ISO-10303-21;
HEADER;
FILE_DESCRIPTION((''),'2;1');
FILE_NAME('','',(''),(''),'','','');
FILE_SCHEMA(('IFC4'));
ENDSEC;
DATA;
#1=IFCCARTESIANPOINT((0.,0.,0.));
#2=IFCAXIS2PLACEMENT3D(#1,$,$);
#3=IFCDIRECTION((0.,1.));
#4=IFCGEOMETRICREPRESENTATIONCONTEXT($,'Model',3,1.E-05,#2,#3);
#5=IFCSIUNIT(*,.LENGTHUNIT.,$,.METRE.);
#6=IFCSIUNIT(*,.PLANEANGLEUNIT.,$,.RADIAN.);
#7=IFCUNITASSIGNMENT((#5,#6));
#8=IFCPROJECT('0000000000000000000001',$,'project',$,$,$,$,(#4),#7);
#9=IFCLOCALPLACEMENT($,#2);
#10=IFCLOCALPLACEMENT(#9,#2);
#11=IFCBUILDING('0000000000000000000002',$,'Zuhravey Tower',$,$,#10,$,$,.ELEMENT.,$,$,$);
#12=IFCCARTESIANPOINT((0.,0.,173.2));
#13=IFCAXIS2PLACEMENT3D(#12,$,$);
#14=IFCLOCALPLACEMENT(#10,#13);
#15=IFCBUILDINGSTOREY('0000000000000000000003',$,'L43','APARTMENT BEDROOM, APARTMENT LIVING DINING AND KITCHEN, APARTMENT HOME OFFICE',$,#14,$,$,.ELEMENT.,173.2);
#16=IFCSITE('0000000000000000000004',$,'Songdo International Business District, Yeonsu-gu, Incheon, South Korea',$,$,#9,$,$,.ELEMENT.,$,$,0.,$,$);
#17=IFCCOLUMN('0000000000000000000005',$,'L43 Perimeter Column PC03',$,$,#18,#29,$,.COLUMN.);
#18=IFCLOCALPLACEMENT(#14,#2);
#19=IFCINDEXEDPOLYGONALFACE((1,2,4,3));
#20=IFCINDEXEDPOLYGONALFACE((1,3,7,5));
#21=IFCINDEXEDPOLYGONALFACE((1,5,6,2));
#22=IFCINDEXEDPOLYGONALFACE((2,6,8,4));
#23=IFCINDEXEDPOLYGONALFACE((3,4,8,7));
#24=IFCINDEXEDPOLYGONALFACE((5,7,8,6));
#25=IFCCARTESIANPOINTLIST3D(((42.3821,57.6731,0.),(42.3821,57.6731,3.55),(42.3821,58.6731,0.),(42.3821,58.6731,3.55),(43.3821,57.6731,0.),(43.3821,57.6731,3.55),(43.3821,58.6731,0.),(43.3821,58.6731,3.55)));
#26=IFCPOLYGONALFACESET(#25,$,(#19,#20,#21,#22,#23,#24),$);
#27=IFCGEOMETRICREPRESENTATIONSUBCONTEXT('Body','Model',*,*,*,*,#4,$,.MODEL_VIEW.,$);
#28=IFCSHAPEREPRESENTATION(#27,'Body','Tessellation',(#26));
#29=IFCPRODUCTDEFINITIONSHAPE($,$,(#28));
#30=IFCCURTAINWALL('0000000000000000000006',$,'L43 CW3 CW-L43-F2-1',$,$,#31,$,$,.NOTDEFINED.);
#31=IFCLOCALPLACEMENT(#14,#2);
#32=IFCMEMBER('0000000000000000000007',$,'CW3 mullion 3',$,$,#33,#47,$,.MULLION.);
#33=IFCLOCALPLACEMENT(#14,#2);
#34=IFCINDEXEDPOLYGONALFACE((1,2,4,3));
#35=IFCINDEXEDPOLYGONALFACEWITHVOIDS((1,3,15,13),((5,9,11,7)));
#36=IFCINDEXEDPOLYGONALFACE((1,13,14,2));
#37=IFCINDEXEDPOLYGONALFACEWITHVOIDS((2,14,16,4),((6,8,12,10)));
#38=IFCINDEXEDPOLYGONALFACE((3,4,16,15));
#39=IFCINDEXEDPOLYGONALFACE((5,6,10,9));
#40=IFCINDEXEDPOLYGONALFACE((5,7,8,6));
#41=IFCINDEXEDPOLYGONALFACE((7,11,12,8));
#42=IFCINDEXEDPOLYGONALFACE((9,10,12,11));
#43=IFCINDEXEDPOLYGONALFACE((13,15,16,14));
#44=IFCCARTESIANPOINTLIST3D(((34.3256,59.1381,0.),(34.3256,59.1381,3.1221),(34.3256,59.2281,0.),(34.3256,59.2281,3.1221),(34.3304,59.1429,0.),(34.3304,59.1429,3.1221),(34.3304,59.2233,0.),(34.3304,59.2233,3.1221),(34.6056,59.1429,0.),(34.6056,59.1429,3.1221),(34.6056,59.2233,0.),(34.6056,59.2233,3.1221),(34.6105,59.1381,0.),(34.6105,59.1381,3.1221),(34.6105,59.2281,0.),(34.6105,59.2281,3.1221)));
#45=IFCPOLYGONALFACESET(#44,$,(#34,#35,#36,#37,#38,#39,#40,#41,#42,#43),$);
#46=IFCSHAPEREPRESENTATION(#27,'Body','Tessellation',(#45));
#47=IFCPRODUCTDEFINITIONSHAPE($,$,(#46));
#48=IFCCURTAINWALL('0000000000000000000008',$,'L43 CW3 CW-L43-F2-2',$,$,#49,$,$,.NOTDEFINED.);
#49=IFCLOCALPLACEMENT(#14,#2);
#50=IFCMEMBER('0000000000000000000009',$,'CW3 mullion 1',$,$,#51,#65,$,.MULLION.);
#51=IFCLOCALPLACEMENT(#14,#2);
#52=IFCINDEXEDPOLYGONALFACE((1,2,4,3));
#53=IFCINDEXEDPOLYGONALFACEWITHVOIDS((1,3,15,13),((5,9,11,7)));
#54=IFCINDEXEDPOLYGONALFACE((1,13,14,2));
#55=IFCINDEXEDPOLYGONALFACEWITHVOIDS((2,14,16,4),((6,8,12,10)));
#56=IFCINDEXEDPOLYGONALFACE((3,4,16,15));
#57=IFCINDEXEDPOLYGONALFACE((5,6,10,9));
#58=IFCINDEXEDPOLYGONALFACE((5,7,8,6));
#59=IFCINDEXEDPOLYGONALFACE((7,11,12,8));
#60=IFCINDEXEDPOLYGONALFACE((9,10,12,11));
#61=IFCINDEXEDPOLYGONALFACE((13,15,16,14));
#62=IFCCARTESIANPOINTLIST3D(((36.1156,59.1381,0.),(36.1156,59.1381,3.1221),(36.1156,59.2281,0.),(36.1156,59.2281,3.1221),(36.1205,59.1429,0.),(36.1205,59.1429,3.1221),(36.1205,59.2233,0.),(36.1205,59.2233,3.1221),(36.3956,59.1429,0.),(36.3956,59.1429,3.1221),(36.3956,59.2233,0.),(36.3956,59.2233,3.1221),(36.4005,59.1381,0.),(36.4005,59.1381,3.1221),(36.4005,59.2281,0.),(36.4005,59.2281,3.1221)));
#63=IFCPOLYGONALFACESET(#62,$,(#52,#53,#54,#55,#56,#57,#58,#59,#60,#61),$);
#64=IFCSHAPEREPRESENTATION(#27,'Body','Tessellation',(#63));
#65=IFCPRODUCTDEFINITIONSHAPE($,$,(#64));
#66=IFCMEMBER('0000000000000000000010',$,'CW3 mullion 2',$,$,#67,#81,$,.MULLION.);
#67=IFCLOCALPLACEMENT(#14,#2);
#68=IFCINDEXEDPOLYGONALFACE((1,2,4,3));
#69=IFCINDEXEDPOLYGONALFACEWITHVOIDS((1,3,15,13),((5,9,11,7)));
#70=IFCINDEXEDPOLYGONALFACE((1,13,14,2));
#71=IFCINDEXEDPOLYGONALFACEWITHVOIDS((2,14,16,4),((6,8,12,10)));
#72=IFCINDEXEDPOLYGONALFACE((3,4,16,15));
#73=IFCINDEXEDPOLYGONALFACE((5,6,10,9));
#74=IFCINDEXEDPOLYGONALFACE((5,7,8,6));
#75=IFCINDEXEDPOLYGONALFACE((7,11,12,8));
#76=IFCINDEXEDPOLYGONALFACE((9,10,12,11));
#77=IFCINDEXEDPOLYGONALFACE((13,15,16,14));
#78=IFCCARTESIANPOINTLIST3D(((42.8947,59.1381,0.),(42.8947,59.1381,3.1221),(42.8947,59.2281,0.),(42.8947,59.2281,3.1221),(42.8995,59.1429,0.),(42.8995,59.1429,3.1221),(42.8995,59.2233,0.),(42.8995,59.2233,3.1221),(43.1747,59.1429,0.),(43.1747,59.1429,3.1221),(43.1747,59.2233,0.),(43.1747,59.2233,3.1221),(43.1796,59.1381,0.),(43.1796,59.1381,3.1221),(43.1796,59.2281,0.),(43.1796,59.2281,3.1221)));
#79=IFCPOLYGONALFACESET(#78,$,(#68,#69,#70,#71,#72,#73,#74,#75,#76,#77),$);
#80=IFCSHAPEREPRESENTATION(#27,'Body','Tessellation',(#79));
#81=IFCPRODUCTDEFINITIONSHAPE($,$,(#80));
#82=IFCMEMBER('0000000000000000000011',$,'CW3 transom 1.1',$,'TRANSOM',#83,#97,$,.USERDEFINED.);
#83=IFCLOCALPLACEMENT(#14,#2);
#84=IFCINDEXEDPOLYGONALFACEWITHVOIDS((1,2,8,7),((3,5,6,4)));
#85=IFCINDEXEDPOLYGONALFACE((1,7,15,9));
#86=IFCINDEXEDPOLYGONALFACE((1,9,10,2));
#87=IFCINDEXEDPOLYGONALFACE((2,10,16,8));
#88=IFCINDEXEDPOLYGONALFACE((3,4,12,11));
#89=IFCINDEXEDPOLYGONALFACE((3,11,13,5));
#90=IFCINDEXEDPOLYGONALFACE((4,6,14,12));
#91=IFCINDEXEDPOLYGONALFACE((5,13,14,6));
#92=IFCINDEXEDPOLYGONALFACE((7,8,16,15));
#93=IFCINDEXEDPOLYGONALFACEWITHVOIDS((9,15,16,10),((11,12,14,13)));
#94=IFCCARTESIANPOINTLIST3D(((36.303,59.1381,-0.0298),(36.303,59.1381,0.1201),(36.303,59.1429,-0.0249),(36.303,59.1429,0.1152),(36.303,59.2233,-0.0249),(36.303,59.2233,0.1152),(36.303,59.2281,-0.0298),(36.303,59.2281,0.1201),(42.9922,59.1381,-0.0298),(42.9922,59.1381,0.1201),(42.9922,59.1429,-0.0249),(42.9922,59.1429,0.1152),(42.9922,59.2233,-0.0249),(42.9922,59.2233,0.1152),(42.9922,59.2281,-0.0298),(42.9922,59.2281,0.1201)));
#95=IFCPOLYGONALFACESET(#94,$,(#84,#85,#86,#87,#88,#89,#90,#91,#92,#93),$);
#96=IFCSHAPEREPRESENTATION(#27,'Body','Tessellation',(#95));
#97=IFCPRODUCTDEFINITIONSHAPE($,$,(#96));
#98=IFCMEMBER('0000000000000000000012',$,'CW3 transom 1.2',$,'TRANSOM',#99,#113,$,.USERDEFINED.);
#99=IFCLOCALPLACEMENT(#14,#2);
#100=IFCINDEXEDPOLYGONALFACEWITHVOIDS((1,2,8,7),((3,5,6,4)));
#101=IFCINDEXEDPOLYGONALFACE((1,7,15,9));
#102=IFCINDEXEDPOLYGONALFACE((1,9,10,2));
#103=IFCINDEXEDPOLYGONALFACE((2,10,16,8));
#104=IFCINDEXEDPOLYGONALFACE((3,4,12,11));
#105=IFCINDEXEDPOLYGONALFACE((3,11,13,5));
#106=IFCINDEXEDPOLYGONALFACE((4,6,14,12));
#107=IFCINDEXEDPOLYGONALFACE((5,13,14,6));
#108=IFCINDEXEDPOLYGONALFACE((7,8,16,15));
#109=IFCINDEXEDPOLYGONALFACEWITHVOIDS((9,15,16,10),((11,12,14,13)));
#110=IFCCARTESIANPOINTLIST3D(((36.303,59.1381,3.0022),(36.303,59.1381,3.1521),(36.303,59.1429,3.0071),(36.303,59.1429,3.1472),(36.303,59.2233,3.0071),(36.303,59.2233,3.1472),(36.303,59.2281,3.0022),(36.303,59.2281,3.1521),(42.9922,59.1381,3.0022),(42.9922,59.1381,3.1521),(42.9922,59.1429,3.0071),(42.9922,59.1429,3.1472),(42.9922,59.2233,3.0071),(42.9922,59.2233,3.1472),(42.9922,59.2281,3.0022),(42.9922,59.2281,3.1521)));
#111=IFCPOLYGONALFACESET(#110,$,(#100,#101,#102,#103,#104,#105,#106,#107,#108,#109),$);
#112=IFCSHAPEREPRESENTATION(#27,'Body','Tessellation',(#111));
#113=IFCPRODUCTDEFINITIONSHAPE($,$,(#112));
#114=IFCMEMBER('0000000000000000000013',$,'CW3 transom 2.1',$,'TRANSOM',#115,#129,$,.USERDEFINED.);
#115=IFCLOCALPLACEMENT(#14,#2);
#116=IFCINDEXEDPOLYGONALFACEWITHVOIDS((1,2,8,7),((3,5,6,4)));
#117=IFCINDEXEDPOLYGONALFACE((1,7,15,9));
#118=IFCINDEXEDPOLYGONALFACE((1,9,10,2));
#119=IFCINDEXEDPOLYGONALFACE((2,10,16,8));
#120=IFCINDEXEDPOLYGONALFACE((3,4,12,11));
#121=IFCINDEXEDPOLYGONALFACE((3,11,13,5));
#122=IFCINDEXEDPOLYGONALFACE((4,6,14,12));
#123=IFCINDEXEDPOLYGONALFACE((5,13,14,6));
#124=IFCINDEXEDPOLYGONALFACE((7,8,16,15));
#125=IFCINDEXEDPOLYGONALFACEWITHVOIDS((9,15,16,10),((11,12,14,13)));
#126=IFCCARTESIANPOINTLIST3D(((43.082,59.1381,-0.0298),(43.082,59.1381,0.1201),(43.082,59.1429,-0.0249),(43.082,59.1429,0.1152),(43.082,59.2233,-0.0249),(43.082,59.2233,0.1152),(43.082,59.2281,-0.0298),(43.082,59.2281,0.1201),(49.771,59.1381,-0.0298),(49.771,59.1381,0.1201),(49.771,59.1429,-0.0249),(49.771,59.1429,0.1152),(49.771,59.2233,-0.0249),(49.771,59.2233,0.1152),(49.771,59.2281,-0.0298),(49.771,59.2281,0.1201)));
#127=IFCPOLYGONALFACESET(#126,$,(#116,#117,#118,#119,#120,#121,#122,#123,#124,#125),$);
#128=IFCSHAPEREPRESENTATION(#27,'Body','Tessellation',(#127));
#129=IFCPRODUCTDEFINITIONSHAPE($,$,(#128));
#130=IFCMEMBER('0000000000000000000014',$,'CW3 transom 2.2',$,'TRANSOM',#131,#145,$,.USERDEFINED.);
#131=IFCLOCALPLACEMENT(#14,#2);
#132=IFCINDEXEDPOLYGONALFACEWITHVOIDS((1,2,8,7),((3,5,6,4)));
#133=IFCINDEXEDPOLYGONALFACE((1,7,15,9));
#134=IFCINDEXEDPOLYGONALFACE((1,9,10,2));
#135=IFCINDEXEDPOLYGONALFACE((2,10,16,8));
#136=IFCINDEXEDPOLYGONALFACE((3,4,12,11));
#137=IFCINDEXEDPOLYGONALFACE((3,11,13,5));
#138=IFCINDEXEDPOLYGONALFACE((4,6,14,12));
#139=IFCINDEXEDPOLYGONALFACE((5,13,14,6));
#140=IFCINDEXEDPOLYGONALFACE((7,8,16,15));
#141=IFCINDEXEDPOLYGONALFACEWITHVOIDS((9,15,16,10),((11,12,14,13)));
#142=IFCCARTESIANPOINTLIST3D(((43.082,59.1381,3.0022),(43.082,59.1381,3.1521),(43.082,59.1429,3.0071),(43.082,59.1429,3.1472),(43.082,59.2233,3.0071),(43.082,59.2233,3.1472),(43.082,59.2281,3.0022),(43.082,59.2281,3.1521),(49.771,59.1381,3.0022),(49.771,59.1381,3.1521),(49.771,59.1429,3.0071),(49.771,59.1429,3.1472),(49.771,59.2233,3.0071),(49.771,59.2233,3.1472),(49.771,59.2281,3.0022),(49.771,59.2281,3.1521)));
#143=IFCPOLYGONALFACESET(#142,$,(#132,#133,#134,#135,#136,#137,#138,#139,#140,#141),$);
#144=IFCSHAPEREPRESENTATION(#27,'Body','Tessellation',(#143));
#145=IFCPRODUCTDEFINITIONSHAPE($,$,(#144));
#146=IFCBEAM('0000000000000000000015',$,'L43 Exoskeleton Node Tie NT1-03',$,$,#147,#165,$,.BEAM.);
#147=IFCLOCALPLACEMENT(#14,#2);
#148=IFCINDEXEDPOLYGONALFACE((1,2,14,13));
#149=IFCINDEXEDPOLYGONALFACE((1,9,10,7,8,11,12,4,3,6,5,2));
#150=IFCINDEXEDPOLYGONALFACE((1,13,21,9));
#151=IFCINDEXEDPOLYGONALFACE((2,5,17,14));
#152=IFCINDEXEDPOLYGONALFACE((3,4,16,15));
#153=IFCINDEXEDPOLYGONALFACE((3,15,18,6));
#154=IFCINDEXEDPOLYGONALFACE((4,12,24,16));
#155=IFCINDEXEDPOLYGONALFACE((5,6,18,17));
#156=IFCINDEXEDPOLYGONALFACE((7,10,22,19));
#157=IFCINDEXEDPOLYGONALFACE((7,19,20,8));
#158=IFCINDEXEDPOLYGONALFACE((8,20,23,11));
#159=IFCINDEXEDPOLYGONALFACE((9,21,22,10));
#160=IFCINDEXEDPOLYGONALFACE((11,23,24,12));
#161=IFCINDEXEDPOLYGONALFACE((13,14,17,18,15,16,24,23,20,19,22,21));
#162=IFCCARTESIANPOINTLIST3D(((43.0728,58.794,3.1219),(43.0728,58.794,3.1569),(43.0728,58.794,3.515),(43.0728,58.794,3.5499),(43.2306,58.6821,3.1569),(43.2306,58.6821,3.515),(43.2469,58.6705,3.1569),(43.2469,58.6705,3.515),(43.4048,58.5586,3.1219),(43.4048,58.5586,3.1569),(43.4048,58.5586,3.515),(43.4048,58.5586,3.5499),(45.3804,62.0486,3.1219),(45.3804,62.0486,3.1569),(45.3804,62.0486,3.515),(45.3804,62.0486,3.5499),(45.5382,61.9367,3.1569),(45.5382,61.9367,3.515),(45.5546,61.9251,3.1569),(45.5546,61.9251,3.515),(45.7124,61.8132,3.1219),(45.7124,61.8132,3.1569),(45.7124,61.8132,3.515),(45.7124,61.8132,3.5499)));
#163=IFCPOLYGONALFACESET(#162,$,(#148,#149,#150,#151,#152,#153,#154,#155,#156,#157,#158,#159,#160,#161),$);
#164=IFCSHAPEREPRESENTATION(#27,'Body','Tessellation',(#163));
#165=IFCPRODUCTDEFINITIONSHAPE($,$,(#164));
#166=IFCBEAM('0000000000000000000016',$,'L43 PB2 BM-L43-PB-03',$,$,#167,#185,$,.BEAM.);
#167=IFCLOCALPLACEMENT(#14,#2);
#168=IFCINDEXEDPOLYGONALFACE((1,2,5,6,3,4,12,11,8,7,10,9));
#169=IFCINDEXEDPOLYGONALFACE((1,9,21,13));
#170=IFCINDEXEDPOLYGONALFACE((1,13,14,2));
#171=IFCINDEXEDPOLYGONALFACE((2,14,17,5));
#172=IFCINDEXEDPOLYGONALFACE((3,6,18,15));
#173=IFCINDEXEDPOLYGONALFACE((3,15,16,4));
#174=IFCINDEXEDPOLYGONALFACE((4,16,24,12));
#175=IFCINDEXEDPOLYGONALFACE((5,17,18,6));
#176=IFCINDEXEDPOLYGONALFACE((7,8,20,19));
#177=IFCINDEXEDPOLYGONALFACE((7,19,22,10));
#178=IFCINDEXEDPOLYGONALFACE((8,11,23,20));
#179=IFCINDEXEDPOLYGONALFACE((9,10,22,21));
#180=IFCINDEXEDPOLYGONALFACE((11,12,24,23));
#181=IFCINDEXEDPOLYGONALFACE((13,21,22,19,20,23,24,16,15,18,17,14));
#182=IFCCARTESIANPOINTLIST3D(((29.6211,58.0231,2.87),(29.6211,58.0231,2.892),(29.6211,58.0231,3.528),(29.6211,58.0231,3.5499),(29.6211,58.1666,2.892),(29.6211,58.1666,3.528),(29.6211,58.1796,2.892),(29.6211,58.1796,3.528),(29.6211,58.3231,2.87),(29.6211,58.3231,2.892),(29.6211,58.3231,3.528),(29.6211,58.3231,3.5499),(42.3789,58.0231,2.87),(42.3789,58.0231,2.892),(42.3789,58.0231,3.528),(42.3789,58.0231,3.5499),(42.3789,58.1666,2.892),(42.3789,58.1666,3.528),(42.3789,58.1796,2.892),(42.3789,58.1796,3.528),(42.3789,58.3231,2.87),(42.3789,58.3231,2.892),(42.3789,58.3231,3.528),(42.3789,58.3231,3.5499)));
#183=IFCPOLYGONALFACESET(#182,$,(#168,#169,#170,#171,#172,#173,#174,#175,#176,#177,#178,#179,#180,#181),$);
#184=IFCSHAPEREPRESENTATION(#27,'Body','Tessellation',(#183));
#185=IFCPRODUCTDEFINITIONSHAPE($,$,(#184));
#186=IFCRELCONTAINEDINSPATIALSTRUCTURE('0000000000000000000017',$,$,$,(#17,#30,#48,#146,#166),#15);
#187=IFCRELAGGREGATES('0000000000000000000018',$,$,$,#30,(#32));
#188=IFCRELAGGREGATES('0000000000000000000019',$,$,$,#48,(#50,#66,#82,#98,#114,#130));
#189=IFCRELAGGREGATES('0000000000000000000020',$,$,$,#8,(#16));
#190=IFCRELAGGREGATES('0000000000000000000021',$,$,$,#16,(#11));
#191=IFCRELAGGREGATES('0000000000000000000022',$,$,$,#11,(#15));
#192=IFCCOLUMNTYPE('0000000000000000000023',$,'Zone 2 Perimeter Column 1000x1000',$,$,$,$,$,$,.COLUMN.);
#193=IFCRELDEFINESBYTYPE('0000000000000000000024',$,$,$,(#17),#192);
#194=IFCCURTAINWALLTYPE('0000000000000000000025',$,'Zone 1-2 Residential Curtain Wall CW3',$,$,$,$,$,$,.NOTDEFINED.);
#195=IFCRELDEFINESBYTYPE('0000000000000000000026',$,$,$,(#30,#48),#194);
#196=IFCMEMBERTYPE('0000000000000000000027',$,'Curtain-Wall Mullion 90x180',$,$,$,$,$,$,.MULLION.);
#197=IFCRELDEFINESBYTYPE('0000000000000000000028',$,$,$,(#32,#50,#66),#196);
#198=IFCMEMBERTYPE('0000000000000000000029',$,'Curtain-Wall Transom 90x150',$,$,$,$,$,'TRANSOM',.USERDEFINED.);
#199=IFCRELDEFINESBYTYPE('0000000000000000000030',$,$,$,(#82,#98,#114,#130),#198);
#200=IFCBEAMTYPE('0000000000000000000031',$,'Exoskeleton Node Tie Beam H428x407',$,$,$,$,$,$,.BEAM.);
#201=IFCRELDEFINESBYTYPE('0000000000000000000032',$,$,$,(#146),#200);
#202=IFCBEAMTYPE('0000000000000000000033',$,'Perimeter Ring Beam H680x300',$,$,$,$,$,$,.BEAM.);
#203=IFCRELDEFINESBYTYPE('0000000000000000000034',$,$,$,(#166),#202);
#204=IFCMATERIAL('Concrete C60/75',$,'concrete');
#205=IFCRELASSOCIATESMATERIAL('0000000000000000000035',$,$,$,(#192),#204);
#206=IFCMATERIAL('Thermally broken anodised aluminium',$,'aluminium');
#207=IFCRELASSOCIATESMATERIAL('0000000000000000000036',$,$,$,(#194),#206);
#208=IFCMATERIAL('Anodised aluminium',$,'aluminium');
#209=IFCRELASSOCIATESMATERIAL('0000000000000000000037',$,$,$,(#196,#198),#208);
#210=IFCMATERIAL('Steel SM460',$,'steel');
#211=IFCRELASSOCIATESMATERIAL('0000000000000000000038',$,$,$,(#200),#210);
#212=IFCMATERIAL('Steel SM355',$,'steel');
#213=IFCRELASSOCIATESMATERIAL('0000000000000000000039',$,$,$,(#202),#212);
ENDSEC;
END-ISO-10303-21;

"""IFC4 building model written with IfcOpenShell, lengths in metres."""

from ifc_helpers import new_model, si_unit, direction, frame, origin, origin_2d, place, context, subcontext, project, spatial, rectangle, hollow_rectangle, i_section, extrude, material, material_profile, profile_set, type_object, element, aggregate, save


model = new_model("IFC4")

# Units and contexts
model_context = context("Model", 3, precision=1e-05, world=origin(), true_north=direction((0.0, 1.0)))
body_context = subcontext(model_context, "Body", "Model", "MODEL_VIEW")
ifc_project = project(units=[si_unit("LENGTHUNIT", "METRE"), si_unit("PLANEANGLEUNIT", "RADIAN")], contexts=[model_context])

# Site, building, storey
site_placement = place(None, origin())
site = spatial("IfcSite", under=ifc_project, at=site_placement, Name="Songdo International Business District, Yeonsu-gu, Incheon, South Korea", CompositionType="ELEMENT", RefElevation=0.0)
building_placement = place(site_placement, origin())
building = spatial("IfcBuilding", under=site, at=building_placement, Name="Zuhravey Tower", CompositionType="ELEMENT")
storey_placement = place(building_placement, frame((0.0, 0.0, 173.2)))
storey = spatial("IfcBuildingStorey", under=building, at=storey_placement, Name="L43", Description="APARTMENT BEDROOM, APARTMENT LIVING DINING AND KITCHEN, APARTMENT HOME OFFICE", CompositionType="ELEMENT", Elevation=173.2)

# Column
ifc_material_1 = material(Name="Concrete C60/75", Category="concrete")
ifc_material_profile_1 = material_profile(ifc_material_1, rectangle(XDim=1.0, YDim=1.0, at=origin_2d()), Name="RC-1000x1000")
ifc_profile_set_1 = profile_set([ifc_material_profile_1], Name="Concrete C60/75")
column_type = type_object("IfcColumnType", Name="Zone 2 Perimeter Column 1000x1000", PredefinedType="COLUMN", material=ifc_profile_set_1)
column_placement = place(storey_placement, frame((42.8821, 58.1731, 0.0), z_axis=(0.0, 0.0, 1.0), x_axis=(-1.0, 0.0, 0.0)))
element("IfcColumn", 1, at=column_placement, inside=storey, type_object=column_type, Name="L43 Perimeter Column PC03", PredefinedType="COLUMN", context=body_context, shape_type="SweptSolid", body=[
    extrude(rectangle(XDim=1.0, YDim=1.0, at=origin_2d()), origin(), (0.0, 0.0, 1.0), 3.55),
])

# Curtain wall, member
ifc_material_2 = material(Name="Thermally broken anodised aluminium", Category="aluminium")
curtain_wall_type = type_object("IfcCurtainWallType", Name="Zone 1-2 Residential Curtain Wall CW3", PredefinedType="NOTDEFINED", material=ifc_material_2)
curtain_wall_1_placement = place(storey_placement, origin())
curtain_wall_1 = element("IfcCurtainWall", 2, at=curtain_wall_1_placement, inside=storey, type_object=curtain_wall_type, Name="L43 CW3 CW-L43-F2-1", PredefinedType="NOTDEFINED")
ifc_material_3 = material(Name="Anodised aluminium", Category="aluminium")
ifc_material_profile_2 = material_profile(ifc_material_3, hollow_rectangle(XDim=0.0901, YDim=0.2849, WallThickness=0.0049, at=origin_2d()), Name="ALU-RHS-90x285x5")
ifc_profile_set_2 = profile_set([ifc_material_profile_2], Name="Anodised aluminium")
member_type_1 = type_object("IfcMemberType", Name="Curtain-Wall Mullion 90x180", PredefinedType="MULLION", material=ifc_profile_set_2)
member_1_placement = place(storey_placement, frame((34.468, 59.1831, 0.0), z_axis=(0.0, 0.0, 1.0), x_axis=(0.0, 1.0, 0.0)))
member_1 = element("IfcMember", 3, at=member_1_placement, type_object=member_type_1, Name="CW3 mullion 3", PredefinedType="MULLION", context=body_context, shape_type="SweptSolid", body=[
    extrude(hollow_rectangle(XDim=0.0901, YDim=0.2849, WallThickness=0.0049, at=origin_2d()), origin(), (0.0, 0.0, 1.0), 3.1221),
])
aggregate(curtain_wall_1, [member_1])

# Curtain wall, members
curtain_wall_2_placement = place(storey_placement, origin())
curtain_wall_2 = element("IfcCurtainWall", 4, at=curtain_wall_2_placement, inside=storey, type_object=curtain_wall_type, Name="L43 CW3 CW-L43-F2-2", PredefinedType="NOTDEFINED")
member_2_placement = place(storey_placement, frame((36.2581, 59.1831, 0.0), z_axis=(0.0, 0.0, 1.0), x_axis=(0.0, 1.0, 0.0)))
member_2 = element("IfcMember", 5, at=member_2_placement, type_object=member_type_1, Name="CW3 mullion 1", PredefinedType="MULLION", context=body_context, shape_type="SweptSolid", body=[
    extrude(hollow_rectangle(XDim=0.0901, YDim=0.2849, WallThickness=0.0049, at=origin_2d()), origin(), (0.0, 0.0, 1.0), 3.1221),
])
member_3_placement = place(storey_placement, frame((43.0371, 59.1831, 0.0), z_axis=(0.0, 0.0, 1.0), x_axis=(0.0, 1.0, 0.0)))
member_3 = element("IfcMember", 6, at=member_3_placement, type_object=member_type_1, Name="CW3 mullion 2", PredefinedType="MULLION", context=body_context, shape_type="SweptSolid", body=[
    extrude(hollow_rectangle(XDim=0.0901, YDim=0.2849, WallThickness=0.0049, at=origin_2d()), origin(), (0.0, 0.0, 1.0), 3.1221),
])
ifc_material_profile_3 = material_profile(ifc_material_3, hollow_rectangle(XDim=0.0901, YDim=0.1499, WallThickness=0.0049, at=origin_2d()), Name="ALU-RHS-90x150x5")
ifc_profile_set_3 = profile_set([ifc_material_profile_3], Name="Anodised aluminium")
member_type_2 = type_object("IfcMemberType", Name="Curtain-Wall Transom 90x150", ElementType="TRANSOM", PredefinedType="USERDEFINED", material=ifc_profile_set_3)
member_4_placement = place(storey_placement, frame((36.303, 59.1831, 0.0452), z_axis=(1.0, 0.0, 0.0), x_axis=(0.0, 1.0, 0.0)))
member_4 = element("IfcMember", 7, at=member_4_placement, type_object=member_type_2, Name="CW3 transom 1.1", ObjectType="TRANSOM", PredefinedType="USERDEFINED", context=body_context, shape_type="SweptSolid", body=[
    extrude(hollow_rectangle(XDim=0.0901, YDim=0.1499, WallThickness=0.0049, at=origin_2d()), origin(), (0.0, 0.0, 1.0), 6.6892),
])
member_5_placement = place(storey_placement, frame((36.303, 59.1831, 3.0771), z_axis=(1.0, 0.0, 0.0), x_axis=(0.0, 1.0, 0.0)))
member_5 = element("IfcMember", 8, at=member_5_placement, type_object=member_type_2, Name="CW3 transom 1.2", ObjectType="TRANSOM", PredefinedType="USERDEFINED", context=body_context, shape_type="SweptSolid", body=[
    extrude(hollow_rectangle(XDim=0.0901, YDim=0.1499, WallThickness=0.0049, at=origin_2d()), origin(), (0.0, 0.0, 1.0), 6.6892),
])
member_6_placement = place(storey_placement, frame((43.082, 59.1831, 0.0452), z_axis=(1.0, 0.0, 0.0), x_axis=(0.0, 1.0, 0.0)))
member_6 = element("IfcMember", 9, at=member_6_placement, type_object=member_type_2, Name="CW3 transom 2.1", ObjectType="TRANSOM", PredefinedType="USERDEFINED", context=body_context, shape_type="SweptSolid", body=[
    extrude(hollow_rectangle(XDim=0.0901, YDim=0.1499, WallThickness=0.0049, at=origin_2d()), origin(), (0.0, 0.0, 1.0), 6.689),
])
member_7_placement = place(storey_placement, frame((43.082, 59.1831, 3.0771), z_axis=(1.0, 0.0, 0.0), x_axis=(0.0, 1.0, 0.0)))
member_7 = element("IfcMember", 10, at=member_7_placement, type_object=member_type_2, Name="CW3 transom 2.2", ObjectType="TRANSOM", PredefinedType="USERDEFINED", context=body_context, shape_type="SweptSolid", body=[
    extrude(hollow_rectangle(XDim=0.0901, YDim=0.1499, WallThickness=0.0049, at=origin_2d()), origin(), (0.0, 0.0, 1.0), 6.689),
])

# Beams
ifc_material_4 = material(Name="Steel SM460", Category="steel")
ifc_material_profile_4 = material_profile(ifc_material_4, i_section(OverallWidth=0.407, OverallDepth=0.428, WebThickness=0.02, FlangeThickness=0.0349, at=origin_2d()), Name="H-428x407x20x35")
ifc_profile_set_4 = profile_set([ifc_material_profile_4], Name="Steel SM460")
beam_type_1 = type_object("IfcBeamType", Name="Exoskeleton Node Tie Beam H428x407", PredefinedType="BEAM", material=ifc_profile_set_4)
beam_1_placement = place(storey_placement, frame((43.2388, 58.6763, 3.3359), z_axis=(0.578392, 0.815759, 0.0), x_axis=(-0.815759, 0.578392, 0.0)))
element("IfcBeam", 11, at=beam_1_placement, inside=storey, type_object=beam_type_1, Name="L43 Exoskeleton Node Tie NT1-03", PredefinedType="BEAM", context=body_context, shape_type="SweptSolid", body=[
    extrude(i_section(OverallWidth=0.407, OverallDepth=0.428, WebThickness=0.02, FlangeThickness=0.0349, at=origin_2d()), origin(), (0.0, 0.0, 1.0), 3.9897),
])
ifc_material_5 = material(Name="Steel SM355", Category="steel")
ifc_material_profile_5 = material_profile(ifc_material_5, i_section(OverallWidth=0.3, OverallDepth=0.6799, WebThickness=0.0129, FlangeThickness=0.022, at=origin_2d()), Name="H-680x300x13x22")
ifc_profile_set_5 = profile_set([ifc_material_profile_5], Name="Steel SM355")
beam_type_2 = type_object("IfcBeamType", Name="Perimeter Ring Beam H680x300", PredefinedType="BEAM", material=ifc_profile_set_5)
beam_2_placement = place(storey_placement, frame((42.3789, 58.1731, 3.21), z_axis=(-1.0, 0.0, 0.0), x_axis=(0.0, -1.0, 0.0)))
element("IfcBeam", 12, at=beam_2_placement, inside=storey, type_object=beam_type_2, Name="L43 PB2 BM-L43-PB-03", PredefinedType="BEAM", context=body_context, shape_type="SweptSolid", body=[
    extrude(i_section(OverallWidth=0.3, OverallDepth=0.6799, WebThickness=0.0129, FlangeThickness=0.022, at=origin_2d()), origin(), (0.0, 0.0, 1.0), 12.7578),
])

aggregate(curtain_wall_2, [member_2, member_3, member_4, member_5, member_6, member_7])

save(model, "model.ifc")
